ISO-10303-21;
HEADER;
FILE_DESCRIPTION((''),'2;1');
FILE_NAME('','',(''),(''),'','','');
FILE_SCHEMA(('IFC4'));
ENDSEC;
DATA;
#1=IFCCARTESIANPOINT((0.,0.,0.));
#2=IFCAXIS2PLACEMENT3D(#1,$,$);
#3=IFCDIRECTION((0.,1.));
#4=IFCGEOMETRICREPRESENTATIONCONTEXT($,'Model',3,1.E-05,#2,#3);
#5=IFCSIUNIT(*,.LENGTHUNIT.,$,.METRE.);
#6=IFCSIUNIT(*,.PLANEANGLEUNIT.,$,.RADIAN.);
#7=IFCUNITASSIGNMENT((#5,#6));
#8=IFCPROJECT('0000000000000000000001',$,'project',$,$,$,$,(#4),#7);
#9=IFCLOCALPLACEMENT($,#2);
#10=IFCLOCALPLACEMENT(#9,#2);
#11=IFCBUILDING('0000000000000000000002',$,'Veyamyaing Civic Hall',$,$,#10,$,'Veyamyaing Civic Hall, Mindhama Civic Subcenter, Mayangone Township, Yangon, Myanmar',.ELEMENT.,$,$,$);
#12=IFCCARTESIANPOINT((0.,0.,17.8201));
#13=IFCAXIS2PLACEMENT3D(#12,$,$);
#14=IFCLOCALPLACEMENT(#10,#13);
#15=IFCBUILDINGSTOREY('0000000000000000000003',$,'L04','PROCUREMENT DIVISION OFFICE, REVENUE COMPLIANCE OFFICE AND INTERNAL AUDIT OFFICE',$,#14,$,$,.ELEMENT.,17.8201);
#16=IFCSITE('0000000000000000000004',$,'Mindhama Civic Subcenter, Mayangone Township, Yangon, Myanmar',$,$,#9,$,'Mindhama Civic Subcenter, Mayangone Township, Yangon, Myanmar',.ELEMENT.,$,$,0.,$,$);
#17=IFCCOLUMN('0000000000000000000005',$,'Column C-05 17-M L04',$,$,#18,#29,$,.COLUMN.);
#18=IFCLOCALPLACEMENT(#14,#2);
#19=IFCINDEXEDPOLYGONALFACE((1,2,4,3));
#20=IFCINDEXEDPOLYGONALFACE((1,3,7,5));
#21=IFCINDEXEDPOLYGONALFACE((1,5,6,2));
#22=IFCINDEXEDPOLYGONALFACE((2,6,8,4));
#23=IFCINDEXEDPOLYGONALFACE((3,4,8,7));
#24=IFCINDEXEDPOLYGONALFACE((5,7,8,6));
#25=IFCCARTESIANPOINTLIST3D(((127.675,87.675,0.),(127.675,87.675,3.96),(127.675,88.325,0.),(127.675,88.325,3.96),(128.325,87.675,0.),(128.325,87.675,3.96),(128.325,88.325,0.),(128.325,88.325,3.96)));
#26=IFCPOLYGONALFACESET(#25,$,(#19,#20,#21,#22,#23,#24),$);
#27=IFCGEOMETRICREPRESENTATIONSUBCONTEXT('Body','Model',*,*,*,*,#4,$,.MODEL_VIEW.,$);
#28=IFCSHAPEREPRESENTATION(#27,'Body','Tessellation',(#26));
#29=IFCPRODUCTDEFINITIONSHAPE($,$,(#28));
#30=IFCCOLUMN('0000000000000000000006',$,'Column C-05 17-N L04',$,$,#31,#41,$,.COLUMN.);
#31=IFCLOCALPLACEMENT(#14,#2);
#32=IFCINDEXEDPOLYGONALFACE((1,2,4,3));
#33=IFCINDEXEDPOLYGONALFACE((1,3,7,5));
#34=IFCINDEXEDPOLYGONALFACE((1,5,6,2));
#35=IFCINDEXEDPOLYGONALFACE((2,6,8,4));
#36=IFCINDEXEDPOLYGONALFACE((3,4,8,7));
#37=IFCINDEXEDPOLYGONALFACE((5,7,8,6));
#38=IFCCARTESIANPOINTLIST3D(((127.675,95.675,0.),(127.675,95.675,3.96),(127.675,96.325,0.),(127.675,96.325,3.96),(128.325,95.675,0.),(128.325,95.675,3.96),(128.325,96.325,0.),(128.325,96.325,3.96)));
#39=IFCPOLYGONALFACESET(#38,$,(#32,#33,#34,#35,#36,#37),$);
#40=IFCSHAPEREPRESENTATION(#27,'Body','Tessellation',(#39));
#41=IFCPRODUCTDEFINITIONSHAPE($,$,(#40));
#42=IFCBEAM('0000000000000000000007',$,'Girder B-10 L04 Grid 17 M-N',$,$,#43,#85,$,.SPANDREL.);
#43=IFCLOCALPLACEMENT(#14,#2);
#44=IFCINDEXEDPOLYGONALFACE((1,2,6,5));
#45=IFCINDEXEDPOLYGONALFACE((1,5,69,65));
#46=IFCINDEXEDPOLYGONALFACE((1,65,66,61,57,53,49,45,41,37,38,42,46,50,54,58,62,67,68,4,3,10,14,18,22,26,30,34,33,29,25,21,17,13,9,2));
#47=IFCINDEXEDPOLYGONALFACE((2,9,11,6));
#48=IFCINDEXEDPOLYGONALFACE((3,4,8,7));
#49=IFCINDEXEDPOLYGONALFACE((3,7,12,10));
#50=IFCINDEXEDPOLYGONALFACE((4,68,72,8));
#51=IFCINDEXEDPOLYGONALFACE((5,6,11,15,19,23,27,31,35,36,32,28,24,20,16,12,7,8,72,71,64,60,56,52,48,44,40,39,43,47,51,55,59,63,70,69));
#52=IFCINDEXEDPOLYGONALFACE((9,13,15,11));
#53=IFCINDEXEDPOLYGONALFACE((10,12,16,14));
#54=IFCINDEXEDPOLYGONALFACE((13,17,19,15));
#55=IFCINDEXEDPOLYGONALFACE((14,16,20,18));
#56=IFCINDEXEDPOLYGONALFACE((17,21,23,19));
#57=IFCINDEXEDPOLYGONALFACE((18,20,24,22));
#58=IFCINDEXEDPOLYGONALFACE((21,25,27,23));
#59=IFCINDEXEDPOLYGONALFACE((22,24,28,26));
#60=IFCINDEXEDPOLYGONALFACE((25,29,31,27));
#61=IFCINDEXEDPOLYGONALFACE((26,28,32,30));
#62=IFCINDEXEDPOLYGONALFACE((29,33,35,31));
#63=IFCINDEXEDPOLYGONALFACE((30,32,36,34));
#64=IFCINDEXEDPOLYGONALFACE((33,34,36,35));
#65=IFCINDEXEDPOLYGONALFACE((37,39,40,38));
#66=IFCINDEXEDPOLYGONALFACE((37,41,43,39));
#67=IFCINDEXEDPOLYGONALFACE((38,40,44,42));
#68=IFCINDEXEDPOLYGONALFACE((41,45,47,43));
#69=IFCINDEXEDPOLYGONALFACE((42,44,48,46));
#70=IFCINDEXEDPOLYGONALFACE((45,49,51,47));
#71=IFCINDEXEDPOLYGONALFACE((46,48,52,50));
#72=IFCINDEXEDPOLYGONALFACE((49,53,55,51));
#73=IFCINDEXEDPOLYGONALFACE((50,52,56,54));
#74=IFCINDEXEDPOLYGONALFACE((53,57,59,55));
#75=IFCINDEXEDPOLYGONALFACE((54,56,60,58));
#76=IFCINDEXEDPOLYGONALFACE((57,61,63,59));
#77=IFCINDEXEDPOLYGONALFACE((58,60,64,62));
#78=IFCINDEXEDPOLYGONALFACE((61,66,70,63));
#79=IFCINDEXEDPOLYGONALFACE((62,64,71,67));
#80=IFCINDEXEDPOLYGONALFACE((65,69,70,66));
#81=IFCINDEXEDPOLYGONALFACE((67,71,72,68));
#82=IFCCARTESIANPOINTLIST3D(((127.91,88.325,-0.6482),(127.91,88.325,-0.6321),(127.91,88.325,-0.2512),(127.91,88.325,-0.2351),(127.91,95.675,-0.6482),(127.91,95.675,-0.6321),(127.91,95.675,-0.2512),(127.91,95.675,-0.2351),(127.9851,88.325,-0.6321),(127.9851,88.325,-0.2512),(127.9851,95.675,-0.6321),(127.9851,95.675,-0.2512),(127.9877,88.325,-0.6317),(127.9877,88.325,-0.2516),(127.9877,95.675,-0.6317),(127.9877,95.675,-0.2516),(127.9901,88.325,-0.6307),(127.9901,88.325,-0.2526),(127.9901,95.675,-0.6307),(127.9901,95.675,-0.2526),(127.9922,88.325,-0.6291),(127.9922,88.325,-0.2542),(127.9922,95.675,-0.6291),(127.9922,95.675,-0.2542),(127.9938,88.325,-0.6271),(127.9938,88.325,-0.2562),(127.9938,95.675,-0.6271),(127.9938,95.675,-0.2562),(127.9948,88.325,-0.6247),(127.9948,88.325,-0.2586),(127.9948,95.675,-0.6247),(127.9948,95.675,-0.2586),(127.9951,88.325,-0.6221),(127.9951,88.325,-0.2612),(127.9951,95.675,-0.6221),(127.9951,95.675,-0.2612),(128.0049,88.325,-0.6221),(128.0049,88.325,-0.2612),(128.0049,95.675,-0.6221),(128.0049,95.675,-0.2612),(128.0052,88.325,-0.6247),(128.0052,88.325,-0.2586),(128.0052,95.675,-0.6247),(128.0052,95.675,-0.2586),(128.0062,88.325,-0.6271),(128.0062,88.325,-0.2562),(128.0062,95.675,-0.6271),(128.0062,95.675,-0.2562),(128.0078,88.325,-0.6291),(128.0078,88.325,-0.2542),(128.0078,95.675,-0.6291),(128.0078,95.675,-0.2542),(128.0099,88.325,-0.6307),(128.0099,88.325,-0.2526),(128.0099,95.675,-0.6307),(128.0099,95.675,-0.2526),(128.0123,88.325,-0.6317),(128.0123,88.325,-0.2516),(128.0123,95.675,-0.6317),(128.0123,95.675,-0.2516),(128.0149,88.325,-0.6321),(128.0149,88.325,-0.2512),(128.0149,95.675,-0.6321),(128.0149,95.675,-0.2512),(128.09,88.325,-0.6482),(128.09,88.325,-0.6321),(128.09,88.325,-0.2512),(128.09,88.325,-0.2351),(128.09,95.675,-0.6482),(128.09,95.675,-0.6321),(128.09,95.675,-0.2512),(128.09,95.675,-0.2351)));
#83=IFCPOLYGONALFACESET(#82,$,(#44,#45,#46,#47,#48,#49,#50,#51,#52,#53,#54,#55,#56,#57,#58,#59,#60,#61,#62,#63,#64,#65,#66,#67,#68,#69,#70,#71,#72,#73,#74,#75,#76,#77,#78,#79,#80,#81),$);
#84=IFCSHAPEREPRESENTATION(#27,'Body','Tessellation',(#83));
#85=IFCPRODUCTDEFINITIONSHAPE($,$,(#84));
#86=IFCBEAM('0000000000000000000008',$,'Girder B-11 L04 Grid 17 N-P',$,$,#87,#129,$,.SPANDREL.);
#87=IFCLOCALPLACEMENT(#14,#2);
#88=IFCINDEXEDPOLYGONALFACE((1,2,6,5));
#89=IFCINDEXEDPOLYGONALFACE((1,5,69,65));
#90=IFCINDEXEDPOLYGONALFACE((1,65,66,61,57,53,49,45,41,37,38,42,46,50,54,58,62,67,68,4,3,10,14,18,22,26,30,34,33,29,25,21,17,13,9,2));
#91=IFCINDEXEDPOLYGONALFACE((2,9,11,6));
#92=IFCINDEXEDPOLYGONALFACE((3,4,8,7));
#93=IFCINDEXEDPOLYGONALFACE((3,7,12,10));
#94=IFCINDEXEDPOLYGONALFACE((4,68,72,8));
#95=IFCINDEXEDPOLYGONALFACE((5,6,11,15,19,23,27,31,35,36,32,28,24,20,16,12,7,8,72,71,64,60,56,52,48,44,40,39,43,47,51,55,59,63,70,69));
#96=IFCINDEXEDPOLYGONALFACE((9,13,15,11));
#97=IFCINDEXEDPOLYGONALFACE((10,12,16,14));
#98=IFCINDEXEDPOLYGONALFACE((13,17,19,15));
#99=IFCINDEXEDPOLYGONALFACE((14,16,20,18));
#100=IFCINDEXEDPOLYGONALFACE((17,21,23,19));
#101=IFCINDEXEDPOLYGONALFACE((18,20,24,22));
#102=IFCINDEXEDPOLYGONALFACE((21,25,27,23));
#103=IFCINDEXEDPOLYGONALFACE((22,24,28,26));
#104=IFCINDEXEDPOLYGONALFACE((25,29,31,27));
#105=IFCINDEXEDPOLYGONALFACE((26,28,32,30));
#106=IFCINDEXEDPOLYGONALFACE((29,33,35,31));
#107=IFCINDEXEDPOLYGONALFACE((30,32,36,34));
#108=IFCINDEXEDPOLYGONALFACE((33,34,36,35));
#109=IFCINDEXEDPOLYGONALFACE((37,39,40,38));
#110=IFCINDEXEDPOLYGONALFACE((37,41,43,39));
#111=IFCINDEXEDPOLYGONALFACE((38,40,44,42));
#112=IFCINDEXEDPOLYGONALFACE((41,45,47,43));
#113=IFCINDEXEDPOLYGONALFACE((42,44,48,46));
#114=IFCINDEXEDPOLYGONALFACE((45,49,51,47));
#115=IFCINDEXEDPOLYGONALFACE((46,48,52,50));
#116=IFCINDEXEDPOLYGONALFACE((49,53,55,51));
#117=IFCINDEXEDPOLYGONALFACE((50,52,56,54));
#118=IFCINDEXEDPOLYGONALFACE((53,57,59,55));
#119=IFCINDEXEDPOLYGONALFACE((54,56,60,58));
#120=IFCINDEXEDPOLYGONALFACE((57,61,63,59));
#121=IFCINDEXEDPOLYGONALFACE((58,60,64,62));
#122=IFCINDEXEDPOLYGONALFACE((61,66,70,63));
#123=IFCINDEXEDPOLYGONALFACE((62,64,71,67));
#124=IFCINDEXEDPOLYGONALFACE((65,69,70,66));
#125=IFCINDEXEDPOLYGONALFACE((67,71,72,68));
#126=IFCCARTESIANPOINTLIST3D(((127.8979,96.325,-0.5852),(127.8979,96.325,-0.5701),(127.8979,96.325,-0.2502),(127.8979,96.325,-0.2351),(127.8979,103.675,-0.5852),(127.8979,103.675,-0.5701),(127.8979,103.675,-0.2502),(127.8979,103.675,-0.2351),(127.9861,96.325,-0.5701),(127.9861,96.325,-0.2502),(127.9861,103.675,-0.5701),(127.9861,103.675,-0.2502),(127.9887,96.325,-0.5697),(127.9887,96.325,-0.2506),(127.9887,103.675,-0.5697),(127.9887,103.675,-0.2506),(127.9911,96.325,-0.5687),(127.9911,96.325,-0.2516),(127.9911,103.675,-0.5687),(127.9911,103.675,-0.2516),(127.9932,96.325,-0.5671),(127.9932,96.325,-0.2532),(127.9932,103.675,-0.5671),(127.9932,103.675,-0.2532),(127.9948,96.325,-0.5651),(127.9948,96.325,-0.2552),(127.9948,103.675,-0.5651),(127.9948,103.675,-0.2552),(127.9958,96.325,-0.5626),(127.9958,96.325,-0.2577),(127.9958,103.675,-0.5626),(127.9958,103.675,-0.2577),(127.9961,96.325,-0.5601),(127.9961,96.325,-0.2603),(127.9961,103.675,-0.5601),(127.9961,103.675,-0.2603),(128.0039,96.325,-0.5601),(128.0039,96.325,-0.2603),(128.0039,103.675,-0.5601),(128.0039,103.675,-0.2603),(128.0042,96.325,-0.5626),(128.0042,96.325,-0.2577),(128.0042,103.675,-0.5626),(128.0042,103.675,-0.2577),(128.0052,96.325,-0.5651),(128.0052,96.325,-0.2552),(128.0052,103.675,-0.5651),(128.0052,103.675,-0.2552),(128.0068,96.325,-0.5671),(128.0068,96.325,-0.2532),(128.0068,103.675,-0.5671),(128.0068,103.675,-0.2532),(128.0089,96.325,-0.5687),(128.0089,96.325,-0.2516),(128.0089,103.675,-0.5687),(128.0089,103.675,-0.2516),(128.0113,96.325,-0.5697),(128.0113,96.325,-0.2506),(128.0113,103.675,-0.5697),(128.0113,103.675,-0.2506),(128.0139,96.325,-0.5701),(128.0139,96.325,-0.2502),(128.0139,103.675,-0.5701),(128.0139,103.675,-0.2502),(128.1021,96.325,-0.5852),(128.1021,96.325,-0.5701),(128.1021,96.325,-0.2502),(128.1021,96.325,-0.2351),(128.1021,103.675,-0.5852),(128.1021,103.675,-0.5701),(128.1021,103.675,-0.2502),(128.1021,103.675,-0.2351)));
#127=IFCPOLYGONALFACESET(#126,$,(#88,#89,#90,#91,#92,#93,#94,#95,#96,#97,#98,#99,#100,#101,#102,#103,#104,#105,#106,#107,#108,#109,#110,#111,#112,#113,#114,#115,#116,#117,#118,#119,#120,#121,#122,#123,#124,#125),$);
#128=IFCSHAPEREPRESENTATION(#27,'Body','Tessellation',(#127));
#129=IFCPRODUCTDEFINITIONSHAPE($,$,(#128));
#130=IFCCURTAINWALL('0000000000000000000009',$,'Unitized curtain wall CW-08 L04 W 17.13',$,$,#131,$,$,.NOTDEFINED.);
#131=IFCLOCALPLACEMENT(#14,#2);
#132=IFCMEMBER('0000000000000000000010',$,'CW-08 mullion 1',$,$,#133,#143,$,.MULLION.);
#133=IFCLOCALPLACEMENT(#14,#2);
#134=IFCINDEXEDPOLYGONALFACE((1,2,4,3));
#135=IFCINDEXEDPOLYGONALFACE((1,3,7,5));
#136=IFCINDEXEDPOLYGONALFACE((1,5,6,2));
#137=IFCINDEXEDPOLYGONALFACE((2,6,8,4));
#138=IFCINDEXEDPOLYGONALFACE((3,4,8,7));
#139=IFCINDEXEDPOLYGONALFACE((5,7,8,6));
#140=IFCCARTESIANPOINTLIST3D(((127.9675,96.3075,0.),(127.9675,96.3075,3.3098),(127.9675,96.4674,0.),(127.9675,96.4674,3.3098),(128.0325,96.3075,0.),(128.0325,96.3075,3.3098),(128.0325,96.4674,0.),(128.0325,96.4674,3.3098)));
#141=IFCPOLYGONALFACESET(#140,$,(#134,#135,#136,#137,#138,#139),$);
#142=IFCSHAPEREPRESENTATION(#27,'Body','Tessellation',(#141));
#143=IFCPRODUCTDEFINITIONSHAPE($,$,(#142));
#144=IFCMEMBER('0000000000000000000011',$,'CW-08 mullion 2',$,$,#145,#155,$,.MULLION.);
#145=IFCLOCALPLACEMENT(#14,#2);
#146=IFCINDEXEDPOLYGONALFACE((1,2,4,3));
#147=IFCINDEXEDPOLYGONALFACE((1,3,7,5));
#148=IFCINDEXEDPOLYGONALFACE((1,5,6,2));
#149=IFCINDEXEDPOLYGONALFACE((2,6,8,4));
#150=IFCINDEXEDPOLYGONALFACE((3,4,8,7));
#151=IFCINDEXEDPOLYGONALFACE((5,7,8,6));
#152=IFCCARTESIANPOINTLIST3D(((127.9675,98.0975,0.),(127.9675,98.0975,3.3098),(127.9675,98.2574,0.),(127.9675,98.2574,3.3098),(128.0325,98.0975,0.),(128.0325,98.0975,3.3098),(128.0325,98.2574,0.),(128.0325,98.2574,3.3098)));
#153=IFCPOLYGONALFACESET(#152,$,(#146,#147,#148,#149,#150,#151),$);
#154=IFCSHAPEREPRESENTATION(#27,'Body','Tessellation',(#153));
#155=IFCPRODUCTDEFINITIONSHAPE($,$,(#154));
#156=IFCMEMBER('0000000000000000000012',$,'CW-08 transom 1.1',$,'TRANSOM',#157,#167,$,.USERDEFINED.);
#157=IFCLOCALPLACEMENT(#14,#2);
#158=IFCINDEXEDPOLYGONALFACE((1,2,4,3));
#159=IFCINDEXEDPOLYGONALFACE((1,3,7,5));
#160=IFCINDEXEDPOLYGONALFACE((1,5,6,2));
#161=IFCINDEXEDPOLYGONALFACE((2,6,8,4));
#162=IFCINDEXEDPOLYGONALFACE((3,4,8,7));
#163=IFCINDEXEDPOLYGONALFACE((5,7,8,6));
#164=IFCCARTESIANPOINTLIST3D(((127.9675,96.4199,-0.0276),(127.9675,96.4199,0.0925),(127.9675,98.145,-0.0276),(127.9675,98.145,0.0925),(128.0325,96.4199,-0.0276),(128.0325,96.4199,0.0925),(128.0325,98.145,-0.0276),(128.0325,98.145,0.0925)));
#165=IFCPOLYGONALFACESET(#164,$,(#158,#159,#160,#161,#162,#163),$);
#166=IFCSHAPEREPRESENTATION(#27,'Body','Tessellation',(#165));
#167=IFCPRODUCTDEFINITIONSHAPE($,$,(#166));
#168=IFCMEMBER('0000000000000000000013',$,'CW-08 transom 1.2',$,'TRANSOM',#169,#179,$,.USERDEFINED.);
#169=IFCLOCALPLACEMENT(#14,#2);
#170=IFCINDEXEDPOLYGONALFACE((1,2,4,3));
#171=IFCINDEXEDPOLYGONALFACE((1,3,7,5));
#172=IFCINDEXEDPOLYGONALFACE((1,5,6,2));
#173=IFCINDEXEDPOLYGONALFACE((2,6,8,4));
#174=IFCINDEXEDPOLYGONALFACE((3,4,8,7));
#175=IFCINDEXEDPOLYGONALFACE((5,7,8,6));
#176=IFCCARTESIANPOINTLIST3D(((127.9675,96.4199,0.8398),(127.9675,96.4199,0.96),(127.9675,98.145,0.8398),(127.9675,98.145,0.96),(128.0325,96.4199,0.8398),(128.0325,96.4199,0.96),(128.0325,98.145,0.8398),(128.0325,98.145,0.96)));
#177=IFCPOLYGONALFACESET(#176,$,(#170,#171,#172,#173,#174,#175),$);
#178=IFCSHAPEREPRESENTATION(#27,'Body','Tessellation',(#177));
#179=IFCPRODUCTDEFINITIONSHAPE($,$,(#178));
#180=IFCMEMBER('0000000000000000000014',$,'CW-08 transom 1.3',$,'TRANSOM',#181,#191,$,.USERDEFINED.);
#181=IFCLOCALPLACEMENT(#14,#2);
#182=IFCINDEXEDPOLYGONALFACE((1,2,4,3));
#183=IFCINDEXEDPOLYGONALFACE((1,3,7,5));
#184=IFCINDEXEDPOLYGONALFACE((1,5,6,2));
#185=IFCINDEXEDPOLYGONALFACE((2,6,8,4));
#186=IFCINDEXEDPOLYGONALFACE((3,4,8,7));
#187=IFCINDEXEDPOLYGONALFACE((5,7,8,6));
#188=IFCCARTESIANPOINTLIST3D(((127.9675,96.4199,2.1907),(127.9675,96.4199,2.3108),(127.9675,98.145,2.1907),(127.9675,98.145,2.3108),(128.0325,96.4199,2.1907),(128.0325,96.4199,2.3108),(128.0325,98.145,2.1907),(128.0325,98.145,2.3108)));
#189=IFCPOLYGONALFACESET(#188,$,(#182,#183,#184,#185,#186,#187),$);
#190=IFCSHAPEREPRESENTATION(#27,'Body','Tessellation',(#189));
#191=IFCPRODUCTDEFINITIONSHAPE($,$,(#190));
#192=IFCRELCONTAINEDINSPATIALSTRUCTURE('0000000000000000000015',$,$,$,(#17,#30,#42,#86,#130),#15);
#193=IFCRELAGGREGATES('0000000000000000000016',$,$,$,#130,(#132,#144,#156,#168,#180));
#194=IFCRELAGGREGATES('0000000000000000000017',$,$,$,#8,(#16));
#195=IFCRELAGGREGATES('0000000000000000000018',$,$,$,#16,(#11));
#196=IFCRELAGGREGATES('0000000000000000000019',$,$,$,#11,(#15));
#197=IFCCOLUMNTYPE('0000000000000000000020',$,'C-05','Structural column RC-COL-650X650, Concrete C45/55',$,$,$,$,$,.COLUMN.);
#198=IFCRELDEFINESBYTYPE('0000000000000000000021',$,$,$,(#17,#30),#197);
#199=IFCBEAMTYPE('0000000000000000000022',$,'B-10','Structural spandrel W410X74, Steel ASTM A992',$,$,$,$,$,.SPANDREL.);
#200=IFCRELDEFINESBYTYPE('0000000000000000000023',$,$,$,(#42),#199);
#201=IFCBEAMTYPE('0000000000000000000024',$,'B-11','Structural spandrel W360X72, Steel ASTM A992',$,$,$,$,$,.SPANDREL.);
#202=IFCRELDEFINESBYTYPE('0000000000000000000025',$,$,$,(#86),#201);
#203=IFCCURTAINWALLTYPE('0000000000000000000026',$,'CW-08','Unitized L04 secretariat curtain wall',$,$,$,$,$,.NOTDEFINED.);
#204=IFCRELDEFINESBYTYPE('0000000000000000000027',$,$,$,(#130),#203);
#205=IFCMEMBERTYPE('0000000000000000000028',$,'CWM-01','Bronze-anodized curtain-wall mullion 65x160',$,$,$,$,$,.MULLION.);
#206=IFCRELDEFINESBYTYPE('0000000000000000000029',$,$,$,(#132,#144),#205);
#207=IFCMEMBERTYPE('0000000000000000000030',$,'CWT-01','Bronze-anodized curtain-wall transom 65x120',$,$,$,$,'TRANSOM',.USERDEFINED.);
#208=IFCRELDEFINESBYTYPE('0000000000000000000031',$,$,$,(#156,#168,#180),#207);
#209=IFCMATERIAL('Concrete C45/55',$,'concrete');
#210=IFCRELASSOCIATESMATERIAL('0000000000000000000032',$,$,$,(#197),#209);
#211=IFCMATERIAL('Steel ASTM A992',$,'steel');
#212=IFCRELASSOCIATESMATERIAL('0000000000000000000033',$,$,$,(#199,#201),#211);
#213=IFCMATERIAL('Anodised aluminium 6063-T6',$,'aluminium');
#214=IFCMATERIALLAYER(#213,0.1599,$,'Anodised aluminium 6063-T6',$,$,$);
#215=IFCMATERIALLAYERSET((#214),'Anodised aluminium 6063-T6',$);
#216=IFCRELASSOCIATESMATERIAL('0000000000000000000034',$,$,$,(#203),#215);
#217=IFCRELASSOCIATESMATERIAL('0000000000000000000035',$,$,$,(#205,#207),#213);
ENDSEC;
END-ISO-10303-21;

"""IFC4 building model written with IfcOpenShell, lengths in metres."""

from ifc_helpers import new_model, si_unit, direction, frame, origin, origin_2d, place, context, subcontext, project, spatial, rectangle, i_section, extrude, material, layer, layer_set, material_profile, profile_set, type_object, element, aggregate, save


model = new_model("IFC4")

# Units and contexts
model_context = context("Model", 3, precision=1e-05, world=origin(), true_north=direction((0.0, 1.0)))
body_context = subcontext(model_context, "Body", "Model", "MODEL_VIEW")
ifc_project = project(units=[si_unit("LENGTHUNIT", "METRE"), si_unit("PLANEANGLEUNIT", "RADIAN")], contexts=[model_context])

# Site, building, storey
site_placement = place(None, origin())
site = spatial("IfcSite", under=ifc_project, at=site_placement, Name="Mindhama Civic Subcenter, Mayangone Township, Yangon, Myanmar", LongName="Mindhama Civic Subcenter, Mayangone Township, Yangon, Myanmar", CompositionType="ELEMENT", RefElevation=0.0)
building_placement = place(site_placement, origin())
building = spatial("IfcBuilding", under=site, at=building_placement, Name="Veyamyaing Civic Hall", LongName="Veyamyaing Civic Hall, Mindhama Civic Subcenter, Mayangone Township, Yangon, Myanmar", CompositionType="ELEMENT")
storey_placement = place(building_placement, frame((0.0, 0.0, 17.8201)))
storey = spatial("IfcBuildingStorey", under=building, at=storey_placement, Name="L04", Description="PROCUREMENT DIVISION OFFICE, REVENUE COMPLIANCE OFFICE AND INTERNAL AUDIT OFFICE", CompositionType="ELEMENT", Elevation=17.8201)

# Columns
ifc_material_1 = material(Name="Concrete C45/55", Category="concrete")
ifc_material_profile_1 = material_profile(ifc_material_1, rectangle(XDim=0.6499, YDim=0.6499, at=origin_2d()), Name="RC-COL-650X650")
ifc_profile_set_1 = profile_set([ifc_material_profile_1], Name="Concrete C45/55")
column_type = type_object("IfcColumnType", Name="C-05", Description="Structural column RC-COL-650X650, Concrete C45/55", PredefinedType="COLUMN", material=ifc_profile_set_1)
for number, where, z_axis, x_axis, name in (
    (1, (128.0, 88.0, 0.0), (0.0, 0.0, 1.0), (1.0, 0.0, 0.0), "Column C-05 17-M L04"),
    (2, (128.0, 96.0, 0.0), (0.0, 0.0, 1.0), (1.0, 0.0, 0.0), "Column C-05 17-N L04"),
):
    element("IfcColumn", number, at=place(storey_placement, frame(where, z_axis=z_axis, x_axis=x_axis)), inside=storey, type_object=column_type, Name=name, PredefinedType="COLUMN", context=body_context, shape_type="SweptSolid", body=[
        extrude(rectangle(XDim=0.6499, YDim=0.6499, at=origin_2d()), origin(), (0.0, 0.0, 1.0), 3.96),
    ])

# Beams
ifc_material_2 = material(Name="Steel ASTM A992", Category="steel")
ifc_material_profile_2 = material_profile(ifc_material_2, i_section(OverallWidth=0.1799, OverallDepth=0.4131, WebThickness=0.0098, FlangeThickness=0.0161, FilletRadius=0.01, at=origin_2d()), Name="W410X74")
ifc_profile_set_2 = profile_set([ifc_material_profile_2], Name="Steel ASTM A992")
beam_type_1 = type_object("IfcBeamType", Name="B-10", Description="Structural spandrel W410X74, Steel ASTM A992", PredefinedType="SPANDREL", material=ifc_profile_set_2)
beam_1_placement = place(storey_placement, frame((128.0, 88.325, -0.4417), z_axis=(0.0, 1.0, 0.0), x_axis=(-1.0, 0.0, 0.0)))
element("IfcBeam", 3, at=beam_1_placement, inside=storey, type_object=beam_type_1, Name="Girder B-10 L04 Grid 17 M-N", PredefinedType="SPANDREL", context=body_context, shape_type="SweptSolid", body=[
    extrude(i_section(OverallWidth=0.1799, OverallDepth=0.4131, WebThickness=0.0098, FlangeThickness=0.0161, FilletRadius=0.01, at=origin_2d()), origin(), (0.0, 0.0, 1.0), 7.3501),
])
ifc_material_profile_3 = material_profile(ifc_material_2, i_section(OverallWidth=0.2041, OverallDepth=0.3501, WebThickness=0.0078, FlangeThickness=0.0151, FilletRadius=0.01, at=origin_2d()), Name="W360X72")
ifc_profile_set_3 = profile_set([ifc_material_profile_3], Name="Steel ASTM A992")
beam_type_2 = type_object("IfcBeamType", Name="B-11", Description="Structural spandrel W360X72, Steel ASTM A992", PredefinedType="SPANDREL", material=ifc_profile_set_3)
beam_2_placement = place(storey_placement, frame((128.0, 96.325, -0.4102), z_axis=(0.0, 1.0, 0.0), x_axis=(-1.0, 0.0, 0.0)))
element("IfcBeam", 4, at=beam_2_placement, inside=storey, type_object=beam_type_2, Name="Girder B-11 L04 Grid 17 N-P", PredefinedType="SPANDREL", context=body_context, shape_type="SweptSolid", body=[
    extrude(i_section(OverallWidth=0.2041, OverallDepth=0.3501, WebThickness=0.0078, FlangeThickness=0.0151, FilletRadius=0.01, at=origin_2d()), origin(), (0.0, 0.0, 1.0), 7.3501),
])

# Curtain wall, members
ifc_material_3 = material(Name="Anodised aluminium 6063-T6", Category="aluminium")
ifc_layer_1 = layer(ifc_material_3, 0.1599, Name="Anodised aluminium 6063-T6")
ifc_layer_set_1 = layer_set([ifc_layer_1], Name="Anodised aluminium 6063-T6")
curtain_wall_type = type_object("IfcCurtainWallType", Name="CW-08", Description="Unitized L04 secretariat curtain wall", PredefinedType="NOTDEFINED", material=ifc_layer_set_1)
curtain_wall_placement = place(storey_placement, origin())
curtain_wall = element("IfcCurtainWall", 5, at=curtain_wall_placement, inside=storey, type_object=curtain_wall_type, Name="Unitized curtain wall CW-08 L04 W 17.13", PredefinedType="NOTDEFINED")
ifc_material_profile_4 = material_profile(ifc_material_3, rectangle(XDim=0.0649, YDim=0.1599, at=origin_2d()), Name="ALU-MUL-65X160")
ifc_profile_set_4 = profile_set([ifc_material_profile_4], Name="Anodised aluminium 6063-T6")
member_type_1 = type_object("IfcMemberType", Name="CWM-01", Description="Bronze-anodized curtain-wall mullion 65x160", PredefinedType="MULLION", material=ifc_profile_set_4)
member_1_placement = place(storey_placement, frame((128.0, 96.3875, 0.0), z_axis=(0.0, 0.0, 1.0), x_axis=(-1.0, 0.0, 0.0)))
member_1 = element("IfcMember", 6, at=member_1_placement, type_object=member_type_1, Name="CW-08 mullion 1", PredefinedType="MULLION", context=body_context, shape_type="SweptSolid", body=[
    extrude(rectangle(XDim=0.0649, YDim=0.1599, at=origin_2d()), origin(), (0.0, 0.0, 1.0), 3.3098),
])
member_2_placement = place(storey_placement, frame((128.0, 98.1775, 0.0), z_axis=(0.0, 0.0, 1.0), x_axis=(-1.0, 0.0, 0.0)))
member_2 = element("IfcMember", 7, at=member_2_placement, type_object=member_type_1, Name="CW-08 mullion 2", PredefinedType="MULLION", context=body_context, shape_type="SweptSolid", body=[
    extrude(rectangle(XDim=0.0649, YDim=0.1599, at=origin_2d()), origin(), (0.0, 0.0, 1.0), 3.3098),
])
ifc_material_profile_5 = material_profile(ifc_material_3, rectangle(XDim=0.0649, YDim=0.1201, at=origin_2d()), Name="ALU-TRN-65X120")
ifc_profile_set_5 = profile_set([ifc_material_profile_5], Name="Anodised aluminium 6063-T6")
member_type_2 = type_object("IfcMemberType", Name="CWT-01", Description="Bronze-anodized curtain-wall transom 65x120", ElementType="TRANSOM", PredefinedType="USERDEFINED", material=ifc_profile_set_5)
member_3_placement = place(storey_placement, frame((128.0, 96.4199, 0.0325), z_axis=(0.0, 1.0, 0.0), x_axis=(-1.0, 0.0, 0.0)))
member_3 = element("IfcMember", 8, at=member_3_placement, type_object=member_type_2, Name="CW-08 transom 1.1", ObjectType="TRANSOM", PredefinedType="USERDEFINED", context=body_context, shape_type="SweptSolid", body=[
    extrude(rectangle(XDim=0.0649, YDim=0.1201, at=origin_2d()), origin(), (0.0, 0.0, 1.0), 1.7251),
])
member_4_placement = place(storey_placement, frame((128.0, 96.4199, 0.8999), z_axis=(0.0, 1.0, 0.0), x_axis=(-1.0, 0.0, 0.0)))
member_4 = element("IfcMember", 9, at=member_4_placement, type_object=member_type_2, Name="CW-08 transom 1.2", ObjectType="TRANSOM", PredefinedType="USERDEFINED", context=body_context, shape_type="SweptSolid", body=[
    extrude(rectangle(XDim=0.0649, YDim=0.1201, at=origin_2d()), origin(), (0.0, 0.0, 1.0), 1.7251),
])
member_5_placement = place(storey_placement, frame((128.0, 96.4199, 2.2507), z_axis=(0.0, 1.0, 0.0), x_axis=(-1.0, 0.0, 0.0)))
member_5 = element("IfcMember", 10, at=member_5_placement, type_object=member_type_2, Name="CW-08 transom 1.3", ObjectType="TRANSOM", PredefinedType="USERDEFINED", context=body_context, shape_type="SweptSolid", body=[
    extrude(rectangle(XDim=0.0649, YDim=0.1201, at=origin_2d()), origin(), (0.0, 0.0, 1.0), 1.7251),
])
aggregate(curtain_wall, [member_1, member_2, member_3, member_4, member_5])

save(model, "model.ifc")
